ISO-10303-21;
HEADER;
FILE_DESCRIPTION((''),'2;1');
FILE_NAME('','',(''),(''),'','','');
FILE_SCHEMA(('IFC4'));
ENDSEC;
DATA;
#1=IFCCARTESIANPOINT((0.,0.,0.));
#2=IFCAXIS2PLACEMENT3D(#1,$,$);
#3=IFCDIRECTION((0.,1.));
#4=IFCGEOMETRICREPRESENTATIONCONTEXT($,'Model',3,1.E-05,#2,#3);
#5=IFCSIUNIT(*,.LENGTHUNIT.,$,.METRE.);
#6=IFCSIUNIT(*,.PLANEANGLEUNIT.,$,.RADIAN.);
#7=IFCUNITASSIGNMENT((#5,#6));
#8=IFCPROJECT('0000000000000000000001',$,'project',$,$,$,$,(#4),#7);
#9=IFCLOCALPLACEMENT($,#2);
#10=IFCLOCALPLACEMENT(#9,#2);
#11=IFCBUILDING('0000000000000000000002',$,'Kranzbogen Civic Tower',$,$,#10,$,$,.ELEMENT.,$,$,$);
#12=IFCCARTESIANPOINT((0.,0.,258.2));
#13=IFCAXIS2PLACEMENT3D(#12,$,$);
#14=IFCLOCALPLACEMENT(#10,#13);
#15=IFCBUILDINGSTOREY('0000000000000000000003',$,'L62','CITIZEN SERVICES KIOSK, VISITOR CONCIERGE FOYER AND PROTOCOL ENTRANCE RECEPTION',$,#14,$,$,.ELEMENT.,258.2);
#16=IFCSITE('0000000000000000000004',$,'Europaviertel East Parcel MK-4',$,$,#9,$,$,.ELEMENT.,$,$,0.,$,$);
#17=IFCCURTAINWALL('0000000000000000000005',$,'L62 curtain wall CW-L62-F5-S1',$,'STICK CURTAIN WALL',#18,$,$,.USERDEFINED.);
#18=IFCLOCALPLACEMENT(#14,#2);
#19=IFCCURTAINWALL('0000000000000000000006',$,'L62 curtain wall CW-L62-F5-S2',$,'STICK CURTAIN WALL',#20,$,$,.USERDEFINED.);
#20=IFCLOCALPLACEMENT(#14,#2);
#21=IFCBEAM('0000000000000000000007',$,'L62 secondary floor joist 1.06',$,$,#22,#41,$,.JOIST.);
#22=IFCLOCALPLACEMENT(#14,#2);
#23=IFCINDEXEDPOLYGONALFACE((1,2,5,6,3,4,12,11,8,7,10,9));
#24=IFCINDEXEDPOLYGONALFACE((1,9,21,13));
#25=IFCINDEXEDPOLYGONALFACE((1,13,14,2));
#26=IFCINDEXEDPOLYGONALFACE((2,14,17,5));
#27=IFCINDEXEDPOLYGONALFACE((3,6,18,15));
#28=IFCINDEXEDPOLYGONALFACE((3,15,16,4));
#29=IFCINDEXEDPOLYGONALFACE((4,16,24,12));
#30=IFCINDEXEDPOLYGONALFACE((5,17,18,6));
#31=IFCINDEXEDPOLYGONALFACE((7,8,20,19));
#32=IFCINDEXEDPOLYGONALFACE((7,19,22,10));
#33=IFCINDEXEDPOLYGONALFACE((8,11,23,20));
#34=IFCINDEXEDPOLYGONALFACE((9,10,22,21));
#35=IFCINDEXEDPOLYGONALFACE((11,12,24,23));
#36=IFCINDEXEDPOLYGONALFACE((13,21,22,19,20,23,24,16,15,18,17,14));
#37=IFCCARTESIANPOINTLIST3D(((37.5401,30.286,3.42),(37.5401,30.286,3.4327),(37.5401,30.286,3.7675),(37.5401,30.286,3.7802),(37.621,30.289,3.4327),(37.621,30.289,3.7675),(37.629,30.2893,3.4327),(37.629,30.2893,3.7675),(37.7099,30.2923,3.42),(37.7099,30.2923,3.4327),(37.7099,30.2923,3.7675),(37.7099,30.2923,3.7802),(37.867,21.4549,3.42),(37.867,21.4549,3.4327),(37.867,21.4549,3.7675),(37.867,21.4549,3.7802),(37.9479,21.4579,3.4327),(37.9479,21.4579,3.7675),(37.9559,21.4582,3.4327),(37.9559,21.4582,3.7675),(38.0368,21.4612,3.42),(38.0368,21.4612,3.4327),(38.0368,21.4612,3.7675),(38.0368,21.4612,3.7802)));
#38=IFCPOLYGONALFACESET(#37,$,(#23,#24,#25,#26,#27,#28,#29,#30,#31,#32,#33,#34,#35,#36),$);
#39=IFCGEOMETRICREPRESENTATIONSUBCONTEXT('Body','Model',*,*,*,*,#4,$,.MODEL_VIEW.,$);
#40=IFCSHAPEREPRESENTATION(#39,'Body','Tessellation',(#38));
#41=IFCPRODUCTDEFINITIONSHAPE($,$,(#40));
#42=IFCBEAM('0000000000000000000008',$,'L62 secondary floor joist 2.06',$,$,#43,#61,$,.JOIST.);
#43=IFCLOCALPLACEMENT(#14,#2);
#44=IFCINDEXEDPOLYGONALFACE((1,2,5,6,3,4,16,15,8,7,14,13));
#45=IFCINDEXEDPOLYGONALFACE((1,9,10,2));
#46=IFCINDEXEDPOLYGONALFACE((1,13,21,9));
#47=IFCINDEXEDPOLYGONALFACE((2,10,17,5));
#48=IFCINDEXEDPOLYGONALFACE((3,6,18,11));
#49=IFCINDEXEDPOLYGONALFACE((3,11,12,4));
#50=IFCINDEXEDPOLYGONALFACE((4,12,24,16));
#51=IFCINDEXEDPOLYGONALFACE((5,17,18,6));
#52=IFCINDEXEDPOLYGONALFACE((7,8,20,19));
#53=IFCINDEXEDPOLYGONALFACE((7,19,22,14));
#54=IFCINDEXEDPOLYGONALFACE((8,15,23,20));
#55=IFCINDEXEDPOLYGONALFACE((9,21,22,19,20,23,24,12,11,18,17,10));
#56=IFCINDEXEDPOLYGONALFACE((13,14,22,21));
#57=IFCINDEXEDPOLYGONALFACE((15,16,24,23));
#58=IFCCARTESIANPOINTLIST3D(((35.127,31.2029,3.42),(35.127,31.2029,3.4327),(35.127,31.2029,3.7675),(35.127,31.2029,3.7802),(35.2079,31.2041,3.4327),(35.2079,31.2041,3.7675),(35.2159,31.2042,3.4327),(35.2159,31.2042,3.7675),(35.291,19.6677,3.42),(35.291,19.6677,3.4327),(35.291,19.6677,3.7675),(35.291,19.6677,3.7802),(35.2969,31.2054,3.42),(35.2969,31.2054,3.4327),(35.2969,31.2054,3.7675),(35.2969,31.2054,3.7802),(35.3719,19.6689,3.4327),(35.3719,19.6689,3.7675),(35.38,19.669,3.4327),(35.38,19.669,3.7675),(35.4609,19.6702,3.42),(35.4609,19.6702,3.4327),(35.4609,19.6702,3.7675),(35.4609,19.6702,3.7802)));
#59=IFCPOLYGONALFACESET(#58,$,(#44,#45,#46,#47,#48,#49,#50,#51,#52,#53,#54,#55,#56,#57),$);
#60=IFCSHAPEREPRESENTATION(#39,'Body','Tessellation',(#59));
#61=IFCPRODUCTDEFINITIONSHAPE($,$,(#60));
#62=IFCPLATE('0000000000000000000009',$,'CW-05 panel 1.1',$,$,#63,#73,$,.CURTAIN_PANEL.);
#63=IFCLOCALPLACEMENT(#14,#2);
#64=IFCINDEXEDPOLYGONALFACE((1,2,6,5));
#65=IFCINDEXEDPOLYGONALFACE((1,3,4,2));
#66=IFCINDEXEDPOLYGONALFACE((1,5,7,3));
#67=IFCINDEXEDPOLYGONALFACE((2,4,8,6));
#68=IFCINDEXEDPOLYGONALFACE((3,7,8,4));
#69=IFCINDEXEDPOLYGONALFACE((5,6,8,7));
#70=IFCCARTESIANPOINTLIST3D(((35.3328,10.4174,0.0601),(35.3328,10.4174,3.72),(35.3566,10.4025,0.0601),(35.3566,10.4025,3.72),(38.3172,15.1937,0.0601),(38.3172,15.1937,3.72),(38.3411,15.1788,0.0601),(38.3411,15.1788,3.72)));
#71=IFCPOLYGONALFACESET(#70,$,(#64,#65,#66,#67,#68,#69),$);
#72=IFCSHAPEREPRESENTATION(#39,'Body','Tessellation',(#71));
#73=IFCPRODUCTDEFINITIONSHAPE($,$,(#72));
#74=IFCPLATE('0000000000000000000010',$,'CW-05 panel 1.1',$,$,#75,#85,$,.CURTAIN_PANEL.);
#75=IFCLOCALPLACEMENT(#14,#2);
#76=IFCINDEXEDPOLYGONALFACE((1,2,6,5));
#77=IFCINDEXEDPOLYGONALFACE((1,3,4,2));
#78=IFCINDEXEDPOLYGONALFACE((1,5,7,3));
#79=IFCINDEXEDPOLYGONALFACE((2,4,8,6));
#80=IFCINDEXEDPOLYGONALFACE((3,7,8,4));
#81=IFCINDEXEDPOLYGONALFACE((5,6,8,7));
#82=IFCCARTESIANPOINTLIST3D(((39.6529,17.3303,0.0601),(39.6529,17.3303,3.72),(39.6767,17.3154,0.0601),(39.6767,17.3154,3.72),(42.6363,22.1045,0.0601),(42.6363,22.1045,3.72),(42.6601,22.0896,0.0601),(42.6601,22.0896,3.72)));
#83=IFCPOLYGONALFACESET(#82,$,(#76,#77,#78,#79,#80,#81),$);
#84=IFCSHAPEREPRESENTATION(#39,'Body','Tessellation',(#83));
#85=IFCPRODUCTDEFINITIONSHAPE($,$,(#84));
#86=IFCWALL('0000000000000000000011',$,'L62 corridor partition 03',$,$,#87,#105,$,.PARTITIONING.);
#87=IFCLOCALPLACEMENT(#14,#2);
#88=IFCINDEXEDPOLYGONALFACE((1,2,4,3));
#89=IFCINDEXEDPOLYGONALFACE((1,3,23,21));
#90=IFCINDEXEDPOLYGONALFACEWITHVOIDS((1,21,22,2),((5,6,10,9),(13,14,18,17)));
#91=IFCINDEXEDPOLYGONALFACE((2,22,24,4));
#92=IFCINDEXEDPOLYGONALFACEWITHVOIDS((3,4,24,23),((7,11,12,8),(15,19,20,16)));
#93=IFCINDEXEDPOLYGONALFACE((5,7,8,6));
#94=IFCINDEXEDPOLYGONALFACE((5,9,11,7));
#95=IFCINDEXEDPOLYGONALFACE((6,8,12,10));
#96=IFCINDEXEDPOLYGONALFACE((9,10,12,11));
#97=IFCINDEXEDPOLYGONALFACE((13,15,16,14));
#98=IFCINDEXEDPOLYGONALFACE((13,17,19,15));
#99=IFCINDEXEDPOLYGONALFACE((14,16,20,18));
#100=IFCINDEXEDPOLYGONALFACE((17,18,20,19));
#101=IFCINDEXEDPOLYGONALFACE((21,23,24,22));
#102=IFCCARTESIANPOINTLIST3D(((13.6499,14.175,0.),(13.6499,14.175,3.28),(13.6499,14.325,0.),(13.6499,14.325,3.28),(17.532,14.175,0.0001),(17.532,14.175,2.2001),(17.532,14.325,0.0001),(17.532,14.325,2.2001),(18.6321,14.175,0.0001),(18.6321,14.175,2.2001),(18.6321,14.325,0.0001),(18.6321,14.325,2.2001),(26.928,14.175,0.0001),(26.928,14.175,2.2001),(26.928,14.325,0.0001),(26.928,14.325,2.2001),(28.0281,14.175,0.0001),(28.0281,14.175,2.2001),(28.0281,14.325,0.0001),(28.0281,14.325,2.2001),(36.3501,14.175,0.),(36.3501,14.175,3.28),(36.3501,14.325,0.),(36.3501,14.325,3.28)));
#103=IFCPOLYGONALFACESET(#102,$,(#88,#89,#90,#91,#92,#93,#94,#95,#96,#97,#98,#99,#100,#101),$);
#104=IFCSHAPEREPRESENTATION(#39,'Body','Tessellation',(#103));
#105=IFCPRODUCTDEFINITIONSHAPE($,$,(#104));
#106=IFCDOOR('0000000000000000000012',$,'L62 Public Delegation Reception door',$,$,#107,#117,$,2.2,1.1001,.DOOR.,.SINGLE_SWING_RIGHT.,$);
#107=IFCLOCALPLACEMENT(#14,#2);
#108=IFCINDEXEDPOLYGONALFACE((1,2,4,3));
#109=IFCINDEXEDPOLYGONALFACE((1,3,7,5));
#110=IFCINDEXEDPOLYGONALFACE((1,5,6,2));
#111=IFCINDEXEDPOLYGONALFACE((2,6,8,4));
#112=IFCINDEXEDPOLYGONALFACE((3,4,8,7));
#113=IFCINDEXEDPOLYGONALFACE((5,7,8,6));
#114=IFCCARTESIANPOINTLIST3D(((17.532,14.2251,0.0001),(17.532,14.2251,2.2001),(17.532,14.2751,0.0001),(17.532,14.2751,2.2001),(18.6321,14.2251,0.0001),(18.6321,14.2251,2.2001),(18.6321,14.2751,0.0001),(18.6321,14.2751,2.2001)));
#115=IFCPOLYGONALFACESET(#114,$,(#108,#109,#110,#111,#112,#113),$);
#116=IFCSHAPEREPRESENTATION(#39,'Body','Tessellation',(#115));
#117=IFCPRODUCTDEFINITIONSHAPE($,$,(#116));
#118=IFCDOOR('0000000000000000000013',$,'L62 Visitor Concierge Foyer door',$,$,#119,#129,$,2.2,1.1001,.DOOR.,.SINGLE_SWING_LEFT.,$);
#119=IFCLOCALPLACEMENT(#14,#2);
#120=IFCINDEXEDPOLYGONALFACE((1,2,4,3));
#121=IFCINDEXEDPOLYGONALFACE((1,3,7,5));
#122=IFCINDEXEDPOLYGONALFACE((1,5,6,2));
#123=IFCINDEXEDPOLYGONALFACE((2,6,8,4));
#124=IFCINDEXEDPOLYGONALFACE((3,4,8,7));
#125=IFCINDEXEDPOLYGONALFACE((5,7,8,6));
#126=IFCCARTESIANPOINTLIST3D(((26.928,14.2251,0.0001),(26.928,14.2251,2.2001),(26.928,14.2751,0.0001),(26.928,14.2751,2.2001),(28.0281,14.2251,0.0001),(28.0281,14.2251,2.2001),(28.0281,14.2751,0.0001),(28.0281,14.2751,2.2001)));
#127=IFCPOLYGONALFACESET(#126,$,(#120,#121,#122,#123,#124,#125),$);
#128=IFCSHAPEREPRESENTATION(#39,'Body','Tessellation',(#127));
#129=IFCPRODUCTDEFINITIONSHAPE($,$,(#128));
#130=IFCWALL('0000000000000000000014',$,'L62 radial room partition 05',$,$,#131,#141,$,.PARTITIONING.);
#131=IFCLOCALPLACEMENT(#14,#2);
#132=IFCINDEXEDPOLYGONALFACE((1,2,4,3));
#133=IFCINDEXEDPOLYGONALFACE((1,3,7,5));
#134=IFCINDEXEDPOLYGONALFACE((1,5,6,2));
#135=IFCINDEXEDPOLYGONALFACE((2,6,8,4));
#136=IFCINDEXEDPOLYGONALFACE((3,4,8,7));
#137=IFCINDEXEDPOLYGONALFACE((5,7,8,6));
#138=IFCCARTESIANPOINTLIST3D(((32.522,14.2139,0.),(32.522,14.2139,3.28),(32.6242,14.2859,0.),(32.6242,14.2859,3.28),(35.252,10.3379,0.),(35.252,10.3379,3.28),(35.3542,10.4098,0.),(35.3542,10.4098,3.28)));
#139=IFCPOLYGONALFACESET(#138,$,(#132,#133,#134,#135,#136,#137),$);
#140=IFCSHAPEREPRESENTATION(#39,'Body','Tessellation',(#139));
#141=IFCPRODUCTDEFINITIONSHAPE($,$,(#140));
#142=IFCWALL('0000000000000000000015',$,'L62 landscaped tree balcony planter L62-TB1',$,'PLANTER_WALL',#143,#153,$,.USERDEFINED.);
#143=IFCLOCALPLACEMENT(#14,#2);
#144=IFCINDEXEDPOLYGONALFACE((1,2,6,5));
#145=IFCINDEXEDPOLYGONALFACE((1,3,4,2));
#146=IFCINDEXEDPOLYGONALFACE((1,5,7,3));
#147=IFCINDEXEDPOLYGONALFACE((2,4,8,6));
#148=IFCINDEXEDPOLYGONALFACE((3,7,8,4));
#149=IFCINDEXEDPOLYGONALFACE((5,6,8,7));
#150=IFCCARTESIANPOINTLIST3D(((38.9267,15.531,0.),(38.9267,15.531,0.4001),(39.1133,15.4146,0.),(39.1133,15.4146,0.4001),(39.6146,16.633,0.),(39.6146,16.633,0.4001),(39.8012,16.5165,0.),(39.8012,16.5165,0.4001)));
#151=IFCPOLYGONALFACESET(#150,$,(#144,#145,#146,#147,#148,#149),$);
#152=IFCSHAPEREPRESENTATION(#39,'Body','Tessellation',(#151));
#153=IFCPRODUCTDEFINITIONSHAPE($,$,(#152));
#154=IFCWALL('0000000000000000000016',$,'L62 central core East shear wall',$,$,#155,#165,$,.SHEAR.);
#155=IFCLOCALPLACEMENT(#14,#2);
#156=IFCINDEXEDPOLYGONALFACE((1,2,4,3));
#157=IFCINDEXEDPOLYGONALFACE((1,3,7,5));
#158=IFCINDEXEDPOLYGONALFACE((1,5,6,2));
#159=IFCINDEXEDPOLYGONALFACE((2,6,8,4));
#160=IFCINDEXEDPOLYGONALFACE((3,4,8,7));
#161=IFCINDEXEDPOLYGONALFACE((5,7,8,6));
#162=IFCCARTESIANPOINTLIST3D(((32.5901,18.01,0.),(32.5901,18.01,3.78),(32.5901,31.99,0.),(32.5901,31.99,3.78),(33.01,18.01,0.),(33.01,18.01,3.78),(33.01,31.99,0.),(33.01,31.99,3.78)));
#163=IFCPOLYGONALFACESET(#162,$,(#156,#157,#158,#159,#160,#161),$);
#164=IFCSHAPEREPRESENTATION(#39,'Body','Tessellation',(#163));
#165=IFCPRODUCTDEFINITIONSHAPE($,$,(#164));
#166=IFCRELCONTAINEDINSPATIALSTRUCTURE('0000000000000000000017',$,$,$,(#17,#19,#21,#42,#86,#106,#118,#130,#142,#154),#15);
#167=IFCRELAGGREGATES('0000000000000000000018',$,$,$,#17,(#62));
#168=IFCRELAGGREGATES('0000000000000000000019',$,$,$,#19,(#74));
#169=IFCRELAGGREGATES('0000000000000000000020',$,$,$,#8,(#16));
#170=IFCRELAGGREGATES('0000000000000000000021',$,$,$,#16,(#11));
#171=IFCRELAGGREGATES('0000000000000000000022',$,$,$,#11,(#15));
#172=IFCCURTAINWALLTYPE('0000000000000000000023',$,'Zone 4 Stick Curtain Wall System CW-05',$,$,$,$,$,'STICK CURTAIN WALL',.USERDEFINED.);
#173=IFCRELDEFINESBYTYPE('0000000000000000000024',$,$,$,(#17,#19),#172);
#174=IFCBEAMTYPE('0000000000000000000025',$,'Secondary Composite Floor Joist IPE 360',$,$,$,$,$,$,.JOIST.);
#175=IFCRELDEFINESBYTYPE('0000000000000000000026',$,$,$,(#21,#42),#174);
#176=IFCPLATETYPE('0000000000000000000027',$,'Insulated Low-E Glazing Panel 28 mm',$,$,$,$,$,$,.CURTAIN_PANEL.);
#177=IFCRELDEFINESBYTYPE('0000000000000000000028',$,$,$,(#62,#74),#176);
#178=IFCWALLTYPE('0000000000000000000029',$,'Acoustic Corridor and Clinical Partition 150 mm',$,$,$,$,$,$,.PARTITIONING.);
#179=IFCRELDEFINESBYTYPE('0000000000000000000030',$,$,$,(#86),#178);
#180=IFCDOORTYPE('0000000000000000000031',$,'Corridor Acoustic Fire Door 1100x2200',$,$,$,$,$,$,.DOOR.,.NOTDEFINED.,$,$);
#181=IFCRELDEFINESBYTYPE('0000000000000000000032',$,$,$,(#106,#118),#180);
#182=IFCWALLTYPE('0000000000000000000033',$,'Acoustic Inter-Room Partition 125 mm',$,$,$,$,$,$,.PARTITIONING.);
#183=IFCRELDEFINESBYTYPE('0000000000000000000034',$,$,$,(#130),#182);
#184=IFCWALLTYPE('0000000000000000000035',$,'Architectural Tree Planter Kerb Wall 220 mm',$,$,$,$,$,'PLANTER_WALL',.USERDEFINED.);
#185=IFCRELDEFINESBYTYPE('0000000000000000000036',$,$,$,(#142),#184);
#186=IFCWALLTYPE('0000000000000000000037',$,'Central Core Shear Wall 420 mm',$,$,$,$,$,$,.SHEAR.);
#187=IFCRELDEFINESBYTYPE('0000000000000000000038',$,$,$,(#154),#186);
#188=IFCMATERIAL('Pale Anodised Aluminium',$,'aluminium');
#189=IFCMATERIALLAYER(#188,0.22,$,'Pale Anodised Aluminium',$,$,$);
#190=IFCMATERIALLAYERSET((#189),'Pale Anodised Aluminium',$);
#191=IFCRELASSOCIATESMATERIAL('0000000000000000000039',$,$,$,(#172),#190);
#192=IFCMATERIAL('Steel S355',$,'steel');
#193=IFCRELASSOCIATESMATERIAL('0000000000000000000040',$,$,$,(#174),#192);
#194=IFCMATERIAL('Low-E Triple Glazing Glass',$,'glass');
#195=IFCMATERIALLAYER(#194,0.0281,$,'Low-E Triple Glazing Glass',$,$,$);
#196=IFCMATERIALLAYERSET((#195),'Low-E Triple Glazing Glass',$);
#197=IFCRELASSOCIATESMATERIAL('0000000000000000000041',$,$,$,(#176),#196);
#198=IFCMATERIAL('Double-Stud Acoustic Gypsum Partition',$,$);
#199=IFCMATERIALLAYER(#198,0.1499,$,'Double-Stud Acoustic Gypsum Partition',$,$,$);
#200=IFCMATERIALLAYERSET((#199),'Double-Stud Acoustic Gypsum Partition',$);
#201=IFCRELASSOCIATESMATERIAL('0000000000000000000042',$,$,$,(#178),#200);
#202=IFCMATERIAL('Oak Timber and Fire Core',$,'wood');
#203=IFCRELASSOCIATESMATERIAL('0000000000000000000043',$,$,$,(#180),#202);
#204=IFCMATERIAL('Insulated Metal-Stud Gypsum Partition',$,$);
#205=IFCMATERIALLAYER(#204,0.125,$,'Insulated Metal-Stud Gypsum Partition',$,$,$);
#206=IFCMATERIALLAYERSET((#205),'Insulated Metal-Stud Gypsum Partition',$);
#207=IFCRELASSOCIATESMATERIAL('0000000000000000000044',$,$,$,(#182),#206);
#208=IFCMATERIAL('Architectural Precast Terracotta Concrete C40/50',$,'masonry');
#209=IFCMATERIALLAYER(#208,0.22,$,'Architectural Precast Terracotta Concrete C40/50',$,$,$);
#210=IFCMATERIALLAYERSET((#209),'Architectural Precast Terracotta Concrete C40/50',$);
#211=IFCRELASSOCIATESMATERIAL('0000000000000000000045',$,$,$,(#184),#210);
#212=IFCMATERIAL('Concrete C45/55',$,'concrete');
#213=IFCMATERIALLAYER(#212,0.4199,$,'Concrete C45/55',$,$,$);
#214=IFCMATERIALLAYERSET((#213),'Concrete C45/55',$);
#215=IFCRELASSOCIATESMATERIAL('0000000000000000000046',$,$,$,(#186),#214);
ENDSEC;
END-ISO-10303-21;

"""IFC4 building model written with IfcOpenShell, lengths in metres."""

from ifc_helpers import new_model, si_unit, direction, frame, frame_2d, origin, origin_2d, place, context, subcontext, project, spatial, rectangle, i_section, extrude, material, layer, layer_set, material_profile, profile_set, type_object, element, fill, aggregate, save


model = new_model("IFC4")

# Units and contexts
model_context = context("Model", 3, precision=1e-05, world=origin(), true_north=direction((0.0, 1.0)))
body_context = subcontext(model_context, "Body", "Model", "MODEL_VIEW")
ifc_project = project(units=[si_unit("LENGTHUNIT", "METRE"), si_unit("PLANEANGLEUNIT", "RADIAN")], contexts=[model_context])

# Site, building, storey
site_placement = place(None, origin())
site = spatial("IfcSite", under=ifc_project, at=site_placement, Name="Europaviertel East Parcel MK-4", CompositionType="ELEMENT", RefElevation=0.0)
building_placement = place(site_placement, origin())
building = spatial("IfcBuilding", under=site, at=building_placement, Name="Kranzbogen Civic Tower", CompositionType="ELEMENT")
storey_placement = place(building_placement, frame((0.0, 0.0, 258.2)))
storey = spatial("IfcBuildingStorey", under=building, at=storey_placement, Name="L62", Description="CITIZEN SERVICES KIOSK, VISITOR CONCIERGE FOYER AND PROTOCOL ENTRANCE RECEPTION", CompositionType="ELEMENT", Elevation=258.2)

# Shared definitions
ifc_material_1 = material(Name="Steel S355", Category="steel")

# Curtain walls
ifc_material_2 = material(Name="Pale Anodised Aluminium", Category="aluminium")
ifc_layer_1 = layer(ifc_material_2, 0.22, Name="Pale Anodised Aluminium")
ifc_layer_set_1 = layer_set([ifc_layer_1], Name="Pale Anodised Aluminium")
curtain_wall_type = type_object("IfcCurtainWallType", Name="Zone 4 Stick Curtain Wall System CW-05", ElementType="STICK CURTAIN WALL", PredefinedType="USERDEFINED", material=ifc_layer_set_1)
curtain_wall_1_placement = place(storey_placement, origin())
curtain_wall_1 = element("IfcCurtainWall", 1, at=curtain_wall_1_placement, inside=storey, type_object=curtain_wall_type, Name="L62 curtain wall CW-L62-F5-S1", ObjectType="STICK CURTAIN WALL", PredefinedType="USERDEFINED")
curtain_wall_2_placement = place(storey_placement, origin())
curtain_wall_2 = element("IfcCurtainWall", 2, at=curtain_wall_2_placement, inside=storey, type_object=curtain_wall_type, Name="L62 curtain wall CW-L62-F5-S2", ObjectType="STICK CURTAIN WALL", PredefinedType="USERDEFINED")

# Beams
ifc_material_profile_1 = material_profile(ifc_material_1, i_section(OverallWidth=0.1699, OverallDepth=0.3601, WebThickness=0.0081, FlangeThickness=0.0127, at=origin_2d()), Name="IPE 360")
ifc_profile_set_1 = profile_set([ifc_material_profile_1], Name="Steel S355")
beam_type_1 = type_object("IfcBeamType", Name="Secondary Composite Floor Joist IPE 360", PredefinedType="JOIST", material=ifc_profile_set_1)
beam_1_placement = place(storey_placement, frame((37.9519, 21.458, 3.6001), z_axis=(-0.036992, 0.999316, 0.0), x_axis=(-0.999316, -0.036992, 0.0)))
element("IfcBeam", 3, at=beam_1_placement, inside=storey, type_object=beam_type_1, Name="L62 secondary floor joist 1.06", PredefinedType="JOIST", context=body_context, shape_type="SweptSolid", body=[
    extrude(i_section(OverallWidth=0.1699, OverallDepth=0.3601, WebThickness=0.0081, FlangeThickness=0.0127, at=origin_2d()), origin(), (0.0, 0.0, 1.0), 8.8372),
])
beam_2_placement = place(storey_placement, frame((35.376, 19.6689, 3.6001), z_axis=(-0.014221, 0.999899, 0.0), x_axis=(-0.999899, -0.014221, 0.0)))
element("IfcBeam", 4, at=beam_2_placement, inside=storey, type_object=beam_type_1, Name="L62 secondary floor joist 2.06", PredefinedType="JOIST", context=body_context, shape_type="SweptSolid", body=[
    extrude(i_section(OverallWidth=0.1699, OverallDepth=0.3601, WebThickness=0.0081, FlangeThickness=0.0127, at=origin_2d()), origin(), (0.0, 0.0, 1.0), 11.5364),
])

# Plates
ifc_material_3 = material(Name="Low-E Triple Glazing Glass", Category="glass")
ifc_layer_2 = layer(ifc_material_3, 0.0281, Name="Low-E Triple Glazing Glass")
ifc_layer_set_2 = layer_set([ifc_layer_2], Name="Low-E Triple Glazing Glass")
plate_type = type_object("IfcPlateType", Name="Insulated Low-E Glazing Panel 28 mm", PredefinedType="CURTAIN_PANEL", material=ifc_layer_set_2)
plate_1_placement = place(storey_placement, frame((36.8369, 12.7981, 0.0601), z_axis=(0.0, 0.0, 1.0), x_axis=(0.529905, 0.848057, 0.0)))
plate_1 = element("IfcPlate", 5, at=plate_1_placement, type_object=plate_type, Name="CW-05 panel 1.1", PredefinedType="CURTAIN_PANEL", context=body_context, shape_type="SweptSolid", body=[
    extrude(rectangle(XDim=5.6321, YDim=0.0281, at=origin_2d()), origin(), (0.0, 0.0, 1.0), 3.6599),
])
aggregate(curtain_wall_1, [plate_1])
plate_2_placement = place(storey_placement, frame((41.1565, 19.71, 0.0601), z_axis=(0.0, 0.0, 1.0), x_axis=(0.529936, 0.848037, 0.0)))
plate_2 = element("IfcPlate", 6, at=plate_2_placement, type_object=plate_type, Name="CW-05 panel 1.1", PredefinedType="CURTAIN_PANEL", context=body_context, shape_type="SweptSolid", body=[
    extrude(rectangle(XDim=5.6296, YDim=0.0281, at=origin_2d()), origin(), (0.0, 0.0, 1.0), 3.6599),
])
aggregate(curtain_wall_2, [plate_2])

# Wall, openings, doors
ifc_material_4 = material(Name="Double-Stud Acoustic Gypsum Partition")
ifc_layer_3 = layer(ifc_material_4, 0.1499, Name="Double-Stud Acoustic Gypsum Partition")
ifc_layer_set_3 = layer_set([ifc_layer_3], Name="Double-Stud Acoustic Gypsum Partition")
wall_type_1 = type_object("IfcWallType", Name="Acoustic Corridor and Clinical Partition 150 mm", PredefinedType="PARTITIONING", material=ifc_layer_set_3)
wall_1_placement = place(storey_placement, frame((36.3501, 14.25, 0.0), z_axis=(0.0, 0.0, 1.0), x_axis=(-1.0, 0.0, 0.0)))
wall_1 = element("IfcWall", 7, at=wall_1_placement, inside=storey, type_object=wall_type_1, Name="L62 corridor partition 03", PredefinedType="PARTITIONING", context=body_context, shape_type="SweptSolid", body=[
    extrude(rectangle(XDim=22.7002, YDim=0.1499, at=frame_2d((11.3501, 0.0))), origin(), (0.0, 0.0, 1.0), 3.28),
])
opening_1_placement = place(wall_1_placement, frame((17.718, 0.0, 0.0)))
opening_1 = element("IfcOpeningElement", 8, at=opening_1_placement, cuts=wall_1, PredefinedType="OPENING", context=body_context, shape_type="SweptSolid", body=[
    extrude(rectangle(XDim=1.1001, YDim=2.2, at=frame_2d((0.55, 1.1001))), frame((0.0, 0.085, 0.0), z_axis=(0.0, -1.0, 0.0), x_axis=(1.0, 0.0, 0.0)), (0.0, 0.0, 1.0), 0.1699),
])
opening_2_placement = place(wall_1_placement, frame((8.322, 0.0, 0.0)))
opening_2 = element("IfcOpeningElement", 9, at=opening_2_placement, cuts=wall_1, PredefinedType="OPENING", context=body_context, shape_type="SweptSolid", body=[
    extrude(rectangle(XDim=1.1001, YDim=2.2, at=frame_2d((0.55, 1.1001))), frame((0.0, 0.085, 0.0), z_axis=(0.0, -1.0, 0.0), x_axis=(1.0, 0.0, 0.0)), (0.0, 0.0, 1.0), 0.1699),
])
ifc_material_5 = material(Name="Oak Timber and Fire Core", Category="wood")
door_type_1 = type_object("IfcDoorType", Name="Corridor Acoustic Fire Door 1100x2200", OperationType="NOTDEFINED", PredefinedType="DOOR", material=ifc_material_5)
door_1_placement = place(opening_1_placement, origin())
door_1 = element("IfcDoor", 10, at=door_1_placement, inside=storey, type_object=door_type_1, Name="L62 Public Delegation Reception door", OperationType="SINGLE_SWING_RIGHT", OverallHeight=2.2, OverallWidth=1.1001, PredefinedType="DOOR", context=body_context, shape_type="SweptSolid", body=[
    extrude(rectangle(XDim=1.1001, YDim=2.2, at=frame_2d((0.55, 1.1001))), frame((0.0, 0.0249, 0.0), z_axis=(0.0, -1.0, 0.0), x_axis=(1.0, 0.0, 0.0)), (0.0, 0.0, 1.0), 0.05),
])
fill(opening_1, door_1)
door_2_placement = place(opening_2_placement, origin())
door_2 = element("IfcDoor", 11, at=door_2_placement, inside=storey, type_object=door_type_1, Name="L62 Visitor Concierge Foyer door", OperationType="SINGLE_SWING_LEFT", OverallHeight=2.2, OverallWidth=1.1001, PredefinedType="DOOR", context=body_context, shape_type="SweptSolid", body=[
    extrude(rectangle(XDim=1.1001, YDim=2.2, at=frame_2d((0.55, 1.1001))), frame((0.0, 0.0249, 0.0), z_axis=(0.0, -1.0, 0.0), x_axis=(1.0, 0.0, 0.0)), (0.0, 0.0, 1.0), 0.05),
])
fill(opening_2, door_2)

# Walls
ifc_material_6 = material(Name="Insulated Metal-Stud Gypsum Partition")
ifc_layer_4 = layer(ifc_material_6, 0.125, Name="Insulated Metal-Stud Gypsum Partition")
ifc_layer_set_4 = layer_set([ifc_layer_4], Name="Insulated Metal-Stud Gypsum Partition")
wall_type_2 = type_object("IfcWallType", Name="Acoustic Inter-Room Partition 125 mm", PredefinedType="PARTITIONING", material=ifc_layer_set_4)
wall_2_placement = place(storey_placement, frame((32.573, 14.25, 0.0), z_axis=(0.0, 0.0, 1.0), x_axis=(0.575838, -0.817564, 0.0)))
element("IfcWall", 12, at=wall_2_placement, inside=storey, type_object=wall_type_2, Name="L62 radial room partition 05", PredefinedType="PARTITIONING", context=body_context, shape_type="SweptSolid", body=[
    extrude(rectangle(XDim=4.741, YDim=0.125, at=frame_2d((2.3706, 0.0))), origin(), (0.0, 0.0, 1.0), 3.28),
])
ifc_material_7 = material(Name="Architectural Precast Terracotta Concrete C40/50", Category="masonry")
ifc_layer_5 = layer(ifc_material_7, 0.22, Name="Architectural Precast Terracotta Concrete C40/50")
ifc_layer_set_5 = layer_set([ifc_layer_5], Name="Architectural Precast Terracotta Concrete C40/50")
wall_type_3 = type_object("IfcWallType", Name="Architectural Tree Planter Kerb Wall 220 mm", ElementType="PLANTER_WALL", PredefinedType="USERDEFINED", material=ifc_layer_set_5)
wall_3_placement = place(storey_placement, frame((39.02, 15.4729, 0.0), z_axis=(0.0, 0.0, 1.0), x_axis=(0.52956, 0.848273, 0.0)))
element("IfcWall", 13, at=wall_3_placement, inside=storey, type_object=wall_type_3, Name="L62 landscaped tree balcony planter L62-TB1", ObjectType="PLANTER_WALL", PredefinedType="USERDEFINED", context=body_context, shape_type="SweptSolid", body=[
    extrude(rectangle(XDim=1.2991, YDim=0.22, at=frame_2d((0.6494, 0.0))), origin(), (0.0, 0.0, 1.0), 0.4001),
])
ifc_material_8 = material(Name="Concrete C45/55", Category="concrete")
ifc_layer_6 = layer(ifc_material_8, 0.4199, Name="Concrete C45/55")
ifc_layer_set_6 = layer_set([ifc_layer_6], Name="Concrete C45/55")
wall_type_4 = type_object("IfcWallType", Name="Central Core Shear Wall 420 mm", PredefinedType="SHEAR", material=ifc_layer_set_6)
wall_4_placement = place(storey_placement, frame((32.8, 18.01, 0.0), z_axis=(0.0, 0.0, 1.0), x_axis=(0.0, 1.0, 0.0)))
element("IfcWall", 14, at=wall_4_placement, inside=storey, type_object=wall_type_4, Name="L62 central core East shear wall", PredefinedType="SHEAR", context=body_context, shape_type="SweptSolid", body=[
    extrude(rectangle(XDim=13.98, YDim=0.4199, at=frame_2d((6.99, 0.0))), origin(), (0.0, 0.0, 1.0), 3.78),
])

save(model, "model.ifc")
